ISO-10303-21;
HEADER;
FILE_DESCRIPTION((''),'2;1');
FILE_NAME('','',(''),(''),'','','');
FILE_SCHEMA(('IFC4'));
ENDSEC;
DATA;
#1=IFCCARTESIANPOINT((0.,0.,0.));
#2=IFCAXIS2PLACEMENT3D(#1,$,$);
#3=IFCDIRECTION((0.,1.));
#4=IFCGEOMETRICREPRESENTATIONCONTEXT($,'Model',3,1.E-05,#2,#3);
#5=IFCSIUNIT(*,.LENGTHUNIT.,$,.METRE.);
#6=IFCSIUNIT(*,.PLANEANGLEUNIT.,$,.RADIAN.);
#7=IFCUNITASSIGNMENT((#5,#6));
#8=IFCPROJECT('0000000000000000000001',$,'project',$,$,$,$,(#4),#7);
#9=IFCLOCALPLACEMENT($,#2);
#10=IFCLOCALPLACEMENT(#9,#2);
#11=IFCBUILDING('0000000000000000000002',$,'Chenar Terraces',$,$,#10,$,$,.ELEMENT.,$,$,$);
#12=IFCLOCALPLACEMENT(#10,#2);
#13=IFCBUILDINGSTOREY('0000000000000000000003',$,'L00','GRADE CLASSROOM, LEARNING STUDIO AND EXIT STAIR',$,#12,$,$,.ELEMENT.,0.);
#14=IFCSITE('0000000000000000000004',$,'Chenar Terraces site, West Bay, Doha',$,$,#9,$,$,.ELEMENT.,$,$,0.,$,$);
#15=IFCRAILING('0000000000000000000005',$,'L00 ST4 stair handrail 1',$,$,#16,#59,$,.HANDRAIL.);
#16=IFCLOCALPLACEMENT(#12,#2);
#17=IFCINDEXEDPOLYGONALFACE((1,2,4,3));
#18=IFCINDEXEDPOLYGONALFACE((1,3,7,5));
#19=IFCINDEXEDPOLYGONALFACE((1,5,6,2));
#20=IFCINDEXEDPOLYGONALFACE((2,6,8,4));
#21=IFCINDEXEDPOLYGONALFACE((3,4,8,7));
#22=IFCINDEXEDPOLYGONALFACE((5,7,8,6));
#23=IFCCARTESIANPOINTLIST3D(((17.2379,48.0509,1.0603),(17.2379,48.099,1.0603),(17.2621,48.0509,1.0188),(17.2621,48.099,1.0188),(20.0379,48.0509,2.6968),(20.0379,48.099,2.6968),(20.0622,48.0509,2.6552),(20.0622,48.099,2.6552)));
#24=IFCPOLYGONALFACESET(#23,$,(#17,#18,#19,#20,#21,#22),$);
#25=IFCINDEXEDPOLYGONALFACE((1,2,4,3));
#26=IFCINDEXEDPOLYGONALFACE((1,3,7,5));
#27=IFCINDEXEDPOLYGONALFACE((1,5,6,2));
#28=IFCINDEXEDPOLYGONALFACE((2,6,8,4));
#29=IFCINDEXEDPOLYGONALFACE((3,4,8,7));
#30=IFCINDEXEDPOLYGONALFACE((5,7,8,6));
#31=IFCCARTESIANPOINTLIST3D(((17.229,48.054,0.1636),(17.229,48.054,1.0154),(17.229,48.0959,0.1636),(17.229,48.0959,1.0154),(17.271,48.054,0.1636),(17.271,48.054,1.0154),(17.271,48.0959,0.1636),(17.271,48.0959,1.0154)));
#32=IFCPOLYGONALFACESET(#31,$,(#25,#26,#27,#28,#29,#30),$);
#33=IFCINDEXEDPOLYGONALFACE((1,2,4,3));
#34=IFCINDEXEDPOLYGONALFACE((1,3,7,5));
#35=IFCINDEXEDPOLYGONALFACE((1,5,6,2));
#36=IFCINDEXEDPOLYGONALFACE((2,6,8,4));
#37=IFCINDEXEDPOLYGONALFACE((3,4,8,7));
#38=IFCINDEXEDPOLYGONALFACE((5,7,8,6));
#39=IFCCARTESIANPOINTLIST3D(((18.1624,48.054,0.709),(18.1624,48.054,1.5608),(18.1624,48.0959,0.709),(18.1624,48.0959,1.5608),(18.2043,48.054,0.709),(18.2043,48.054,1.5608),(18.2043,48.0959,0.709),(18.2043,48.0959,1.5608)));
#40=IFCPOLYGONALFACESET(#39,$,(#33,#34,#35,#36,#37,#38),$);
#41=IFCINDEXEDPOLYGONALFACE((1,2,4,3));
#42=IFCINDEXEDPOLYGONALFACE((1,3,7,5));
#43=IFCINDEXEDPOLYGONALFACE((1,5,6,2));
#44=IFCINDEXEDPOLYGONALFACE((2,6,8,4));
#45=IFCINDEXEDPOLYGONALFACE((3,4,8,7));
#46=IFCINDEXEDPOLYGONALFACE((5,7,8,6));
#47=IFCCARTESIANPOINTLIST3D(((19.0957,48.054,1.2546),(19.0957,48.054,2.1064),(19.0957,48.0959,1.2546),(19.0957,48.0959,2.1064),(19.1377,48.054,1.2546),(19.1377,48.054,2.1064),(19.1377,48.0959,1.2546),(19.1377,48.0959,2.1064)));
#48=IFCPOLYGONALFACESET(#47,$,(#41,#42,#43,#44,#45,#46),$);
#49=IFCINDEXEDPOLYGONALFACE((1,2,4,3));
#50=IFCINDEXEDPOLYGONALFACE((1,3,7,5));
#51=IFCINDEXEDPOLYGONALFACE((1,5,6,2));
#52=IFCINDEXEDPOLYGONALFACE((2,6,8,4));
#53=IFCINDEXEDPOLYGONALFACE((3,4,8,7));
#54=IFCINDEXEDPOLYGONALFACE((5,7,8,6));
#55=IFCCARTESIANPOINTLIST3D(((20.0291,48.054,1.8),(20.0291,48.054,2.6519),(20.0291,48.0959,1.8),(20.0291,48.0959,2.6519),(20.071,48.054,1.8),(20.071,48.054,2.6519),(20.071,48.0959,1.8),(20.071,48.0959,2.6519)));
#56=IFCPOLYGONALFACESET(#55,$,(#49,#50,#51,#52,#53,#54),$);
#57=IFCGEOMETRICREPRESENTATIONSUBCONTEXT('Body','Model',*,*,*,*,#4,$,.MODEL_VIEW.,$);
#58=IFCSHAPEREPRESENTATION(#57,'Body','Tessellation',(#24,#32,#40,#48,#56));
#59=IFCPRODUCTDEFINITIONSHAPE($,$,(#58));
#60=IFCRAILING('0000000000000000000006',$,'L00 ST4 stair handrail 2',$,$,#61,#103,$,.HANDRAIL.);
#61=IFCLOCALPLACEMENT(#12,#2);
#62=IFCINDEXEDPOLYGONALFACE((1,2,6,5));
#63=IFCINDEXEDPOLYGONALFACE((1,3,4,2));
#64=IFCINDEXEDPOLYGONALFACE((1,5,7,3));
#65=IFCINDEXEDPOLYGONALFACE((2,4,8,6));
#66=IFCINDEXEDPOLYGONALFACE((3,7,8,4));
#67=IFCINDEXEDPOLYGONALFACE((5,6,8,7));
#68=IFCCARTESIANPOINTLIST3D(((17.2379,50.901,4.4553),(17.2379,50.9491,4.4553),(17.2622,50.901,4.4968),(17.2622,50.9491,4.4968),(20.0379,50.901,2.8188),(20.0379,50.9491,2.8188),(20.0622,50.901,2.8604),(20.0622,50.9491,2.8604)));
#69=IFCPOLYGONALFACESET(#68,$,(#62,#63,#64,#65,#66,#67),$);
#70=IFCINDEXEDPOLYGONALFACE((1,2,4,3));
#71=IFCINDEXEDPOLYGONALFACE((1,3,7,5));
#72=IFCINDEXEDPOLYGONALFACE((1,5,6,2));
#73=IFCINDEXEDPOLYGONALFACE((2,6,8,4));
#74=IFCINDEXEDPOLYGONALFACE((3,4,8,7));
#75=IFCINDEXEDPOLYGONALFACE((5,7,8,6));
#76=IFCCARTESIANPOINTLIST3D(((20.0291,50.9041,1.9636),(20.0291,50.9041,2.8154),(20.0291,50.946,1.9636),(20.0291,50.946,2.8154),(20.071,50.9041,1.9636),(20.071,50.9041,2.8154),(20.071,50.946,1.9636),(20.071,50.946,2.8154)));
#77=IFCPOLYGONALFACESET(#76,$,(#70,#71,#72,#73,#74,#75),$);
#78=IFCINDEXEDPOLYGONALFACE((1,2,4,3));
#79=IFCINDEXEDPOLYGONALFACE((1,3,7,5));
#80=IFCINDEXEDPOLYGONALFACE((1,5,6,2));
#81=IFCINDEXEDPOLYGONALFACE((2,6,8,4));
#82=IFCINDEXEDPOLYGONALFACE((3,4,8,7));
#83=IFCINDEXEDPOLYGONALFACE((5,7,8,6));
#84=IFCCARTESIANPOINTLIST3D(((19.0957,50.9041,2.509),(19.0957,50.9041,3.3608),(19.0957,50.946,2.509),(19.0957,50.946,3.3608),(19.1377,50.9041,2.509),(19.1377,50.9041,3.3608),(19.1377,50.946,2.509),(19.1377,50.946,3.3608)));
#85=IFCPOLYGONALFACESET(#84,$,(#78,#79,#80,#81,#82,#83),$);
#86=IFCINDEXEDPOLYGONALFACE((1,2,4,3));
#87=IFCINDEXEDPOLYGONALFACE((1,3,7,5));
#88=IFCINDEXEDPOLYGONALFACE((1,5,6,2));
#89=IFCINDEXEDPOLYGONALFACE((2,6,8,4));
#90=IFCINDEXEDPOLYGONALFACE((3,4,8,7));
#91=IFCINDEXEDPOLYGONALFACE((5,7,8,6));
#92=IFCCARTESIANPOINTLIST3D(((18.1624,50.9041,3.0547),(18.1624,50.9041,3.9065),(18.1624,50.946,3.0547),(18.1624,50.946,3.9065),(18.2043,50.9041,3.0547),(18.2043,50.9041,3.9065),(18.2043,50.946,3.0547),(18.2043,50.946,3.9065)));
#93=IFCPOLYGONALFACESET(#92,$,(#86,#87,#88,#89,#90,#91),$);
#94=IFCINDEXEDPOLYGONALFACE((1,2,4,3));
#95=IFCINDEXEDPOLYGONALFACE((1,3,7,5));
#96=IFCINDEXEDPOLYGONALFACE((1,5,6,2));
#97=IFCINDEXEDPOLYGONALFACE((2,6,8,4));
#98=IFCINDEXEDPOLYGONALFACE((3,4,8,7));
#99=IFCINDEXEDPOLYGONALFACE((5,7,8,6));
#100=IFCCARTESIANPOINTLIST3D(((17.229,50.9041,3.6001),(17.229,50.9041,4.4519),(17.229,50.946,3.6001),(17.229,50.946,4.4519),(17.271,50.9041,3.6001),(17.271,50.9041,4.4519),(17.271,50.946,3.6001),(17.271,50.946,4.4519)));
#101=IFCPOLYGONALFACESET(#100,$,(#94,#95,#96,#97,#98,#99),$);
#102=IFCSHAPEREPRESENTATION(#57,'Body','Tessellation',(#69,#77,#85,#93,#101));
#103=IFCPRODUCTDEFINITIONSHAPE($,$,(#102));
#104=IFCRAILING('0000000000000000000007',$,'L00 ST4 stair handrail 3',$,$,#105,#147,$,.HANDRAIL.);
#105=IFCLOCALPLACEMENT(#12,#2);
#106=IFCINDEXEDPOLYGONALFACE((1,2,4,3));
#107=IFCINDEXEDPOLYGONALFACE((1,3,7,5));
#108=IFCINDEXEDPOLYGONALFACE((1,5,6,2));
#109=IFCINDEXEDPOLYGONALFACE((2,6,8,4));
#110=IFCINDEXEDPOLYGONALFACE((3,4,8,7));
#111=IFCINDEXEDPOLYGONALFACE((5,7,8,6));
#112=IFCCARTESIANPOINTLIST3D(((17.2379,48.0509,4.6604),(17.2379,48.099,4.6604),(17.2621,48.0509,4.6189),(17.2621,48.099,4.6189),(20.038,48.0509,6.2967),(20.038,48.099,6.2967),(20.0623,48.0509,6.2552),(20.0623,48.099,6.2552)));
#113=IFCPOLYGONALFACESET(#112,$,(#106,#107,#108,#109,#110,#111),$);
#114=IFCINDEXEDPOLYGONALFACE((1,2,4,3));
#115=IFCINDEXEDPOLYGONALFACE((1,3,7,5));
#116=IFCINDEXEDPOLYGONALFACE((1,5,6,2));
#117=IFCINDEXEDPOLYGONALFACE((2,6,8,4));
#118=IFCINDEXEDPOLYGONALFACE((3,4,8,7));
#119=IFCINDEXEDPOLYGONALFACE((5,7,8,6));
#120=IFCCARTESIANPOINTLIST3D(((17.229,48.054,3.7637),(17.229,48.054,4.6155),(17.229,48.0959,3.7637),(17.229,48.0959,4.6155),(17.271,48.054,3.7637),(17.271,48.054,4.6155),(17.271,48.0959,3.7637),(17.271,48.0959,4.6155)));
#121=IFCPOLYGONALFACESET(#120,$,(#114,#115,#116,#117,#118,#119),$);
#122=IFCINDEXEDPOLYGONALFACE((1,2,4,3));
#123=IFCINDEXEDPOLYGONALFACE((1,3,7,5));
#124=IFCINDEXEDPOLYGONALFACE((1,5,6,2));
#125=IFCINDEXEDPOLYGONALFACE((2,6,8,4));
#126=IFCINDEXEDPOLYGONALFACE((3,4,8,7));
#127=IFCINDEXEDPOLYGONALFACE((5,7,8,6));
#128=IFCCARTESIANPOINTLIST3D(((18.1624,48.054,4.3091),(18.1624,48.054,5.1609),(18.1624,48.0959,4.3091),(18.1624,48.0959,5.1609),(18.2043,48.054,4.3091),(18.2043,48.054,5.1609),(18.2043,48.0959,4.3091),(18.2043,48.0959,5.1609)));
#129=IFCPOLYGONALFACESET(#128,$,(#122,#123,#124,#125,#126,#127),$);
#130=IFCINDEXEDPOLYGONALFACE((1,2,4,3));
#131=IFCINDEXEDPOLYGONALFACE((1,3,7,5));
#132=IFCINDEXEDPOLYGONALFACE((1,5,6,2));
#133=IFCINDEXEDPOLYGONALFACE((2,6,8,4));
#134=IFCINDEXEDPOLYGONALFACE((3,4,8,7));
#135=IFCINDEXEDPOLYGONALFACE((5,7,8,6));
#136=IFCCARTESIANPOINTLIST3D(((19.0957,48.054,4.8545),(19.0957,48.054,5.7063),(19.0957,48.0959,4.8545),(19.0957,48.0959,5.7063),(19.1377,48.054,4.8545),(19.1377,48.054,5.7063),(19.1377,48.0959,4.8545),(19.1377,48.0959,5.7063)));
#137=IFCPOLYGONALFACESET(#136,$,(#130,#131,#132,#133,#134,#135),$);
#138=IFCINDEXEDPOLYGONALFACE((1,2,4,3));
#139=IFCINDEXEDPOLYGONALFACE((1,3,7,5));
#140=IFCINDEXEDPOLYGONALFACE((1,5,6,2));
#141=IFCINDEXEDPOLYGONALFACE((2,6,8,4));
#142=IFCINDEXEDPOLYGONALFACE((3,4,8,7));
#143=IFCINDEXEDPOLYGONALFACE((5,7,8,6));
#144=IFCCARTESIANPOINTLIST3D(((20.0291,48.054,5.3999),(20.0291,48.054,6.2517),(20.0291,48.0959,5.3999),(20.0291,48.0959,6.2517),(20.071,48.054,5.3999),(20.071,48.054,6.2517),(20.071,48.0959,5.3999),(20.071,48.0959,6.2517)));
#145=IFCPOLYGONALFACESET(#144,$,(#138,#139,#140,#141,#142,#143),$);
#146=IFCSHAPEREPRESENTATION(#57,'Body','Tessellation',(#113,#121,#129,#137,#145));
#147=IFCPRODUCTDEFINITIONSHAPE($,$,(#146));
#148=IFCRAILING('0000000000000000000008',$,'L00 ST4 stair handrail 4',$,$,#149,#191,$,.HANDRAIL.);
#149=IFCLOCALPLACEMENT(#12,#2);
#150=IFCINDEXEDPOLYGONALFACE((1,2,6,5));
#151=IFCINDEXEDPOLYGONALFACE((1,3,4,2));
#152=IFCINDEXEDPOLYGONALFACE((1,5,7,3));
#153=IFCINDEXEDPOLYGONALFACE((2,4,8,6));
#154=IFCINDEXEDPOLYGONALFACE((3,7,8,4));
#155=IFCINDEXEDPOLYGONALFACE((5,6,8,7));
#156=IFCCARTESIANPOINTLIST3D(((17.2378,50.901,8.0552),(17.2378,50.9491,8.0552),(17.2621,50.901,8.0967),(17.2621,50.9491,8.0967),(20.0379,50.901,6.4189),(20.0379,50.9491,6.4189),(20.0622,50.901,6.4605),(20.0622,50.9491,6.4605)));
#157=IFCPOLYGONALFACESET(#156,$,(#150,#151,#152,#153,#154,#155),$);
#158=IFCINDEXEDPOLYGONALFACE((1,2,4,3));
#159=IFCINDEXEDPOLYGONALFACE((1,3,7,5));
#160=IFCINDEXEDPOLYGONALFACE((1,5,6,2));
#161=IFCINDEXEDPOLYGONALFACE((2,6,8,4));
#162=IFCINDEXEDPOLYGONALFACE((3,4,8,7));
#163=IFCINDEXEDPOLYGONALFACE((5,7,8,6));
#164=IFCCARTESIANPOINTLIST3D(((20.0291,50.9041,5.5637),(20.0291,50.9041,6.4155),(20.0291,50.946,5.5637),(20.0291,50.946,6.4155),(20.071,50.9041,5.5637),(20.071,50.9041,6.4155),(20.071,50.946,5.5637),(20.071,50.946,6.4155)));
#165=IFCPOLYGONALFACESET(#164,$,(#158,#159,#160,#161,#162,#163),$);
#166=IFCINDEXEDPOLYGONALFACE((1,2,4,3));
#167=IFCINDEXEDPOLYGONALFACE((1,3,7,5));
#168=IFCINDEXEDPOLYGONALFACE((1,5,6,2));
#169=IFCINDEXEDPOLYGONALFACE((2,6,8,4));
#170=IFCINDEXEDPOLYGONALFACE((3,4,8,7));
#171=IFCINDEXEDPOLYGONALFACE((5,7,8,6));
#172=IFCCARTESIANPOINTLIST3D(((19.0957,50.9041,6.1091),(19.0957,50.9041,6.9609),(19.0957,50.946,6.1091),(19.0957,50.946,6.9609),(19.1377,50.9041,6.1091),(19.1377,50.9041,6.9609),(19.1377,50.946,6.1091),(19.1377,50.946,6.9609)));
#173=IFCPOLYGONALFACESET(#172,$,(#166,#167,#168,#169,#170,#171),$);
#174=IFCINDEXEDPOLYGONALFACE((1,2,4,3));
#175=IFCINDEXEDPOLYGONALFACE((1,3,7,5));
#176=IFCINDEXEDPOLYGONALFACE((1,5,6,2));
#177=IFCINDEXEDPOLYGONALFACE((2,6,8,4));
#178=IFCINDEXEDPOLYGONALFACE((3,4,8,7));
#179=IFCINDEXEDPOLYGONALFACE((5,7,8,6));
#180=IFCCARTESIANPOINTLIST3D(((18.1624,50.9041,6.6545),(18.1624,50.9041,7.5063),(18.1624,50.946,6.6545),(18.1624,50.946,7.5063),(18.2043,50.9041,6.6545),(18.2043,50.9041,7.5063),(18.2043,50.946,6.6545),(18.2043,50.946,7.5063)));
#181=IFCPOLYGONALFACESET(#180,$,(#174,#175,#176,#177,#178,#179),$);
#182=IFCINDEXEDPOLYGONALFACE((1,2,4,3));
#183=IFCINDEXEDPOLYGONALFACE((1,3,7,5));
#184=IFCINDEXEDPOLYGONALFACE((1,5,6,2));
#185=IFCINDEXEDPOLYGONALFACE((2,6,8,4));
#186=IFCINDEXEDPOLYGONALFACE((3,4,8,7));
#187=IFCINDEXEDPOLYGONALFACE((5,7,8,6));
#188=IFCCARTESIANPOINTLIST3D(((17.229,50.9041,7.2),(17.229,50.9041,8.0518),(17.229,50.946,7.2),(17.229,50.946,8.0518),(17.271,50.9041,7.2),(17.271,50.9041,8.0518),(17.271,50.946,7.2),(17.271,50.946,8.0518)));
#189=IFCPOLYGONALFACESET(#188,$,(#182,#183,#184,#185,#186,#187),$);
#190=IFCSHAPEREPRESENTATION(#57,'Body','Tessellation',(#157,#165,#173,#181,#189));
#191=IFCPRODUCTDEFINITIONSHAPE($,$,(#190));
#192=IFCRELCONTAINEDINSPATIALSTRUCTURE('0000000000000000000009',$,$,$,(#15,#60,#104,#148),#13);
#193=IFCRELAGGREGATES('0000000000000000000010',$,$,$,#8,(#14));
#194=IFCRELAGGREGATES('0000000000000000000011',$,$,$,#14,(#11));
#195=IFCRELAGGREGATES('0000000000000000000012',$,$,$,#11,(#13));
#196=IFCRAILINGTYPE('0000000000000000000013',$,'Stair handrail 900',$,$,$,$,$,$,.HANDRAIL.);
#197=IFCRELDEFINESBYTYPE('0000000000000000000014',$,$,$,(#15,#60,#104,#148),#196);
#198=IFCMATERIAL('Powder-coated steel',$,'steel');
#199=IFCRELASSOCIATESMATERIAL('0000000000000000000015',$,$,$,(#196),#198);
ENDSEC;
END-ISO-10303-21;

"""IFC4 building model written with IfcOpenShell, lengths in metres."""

from ifc_helpers import new_model, si_unit, direction, frame, origin, origin_2d, place, context, subcontext, project, spatial, rectangle, extrude, material, type_object, element, save


model = new_model("IFC4")

# Units and contexts
model_context = context("Model", 3, precision=1e-05, world=origin(), true_north=direction((0.0, 1.0)))
body_context = subcontext(model_context, "Body", "Model", "MODEL_VIEW")
ifc_project = project(units=[si_unit("LENGTHUNIT", "METRE"), si_unit("PLANEANGLEUNIT", "RADIAN")], contexts=[model_context])

# Site, building, storey
site_placement = place(None, origin())
site = spatial("IfcSite", under=ifc_project, at=site_placement, Name="Chenar Terraces site, West Bay, Doha", CompositionType="ELEMENT", RefElevation=0.0)
building_placement = place(site_placement, origin())
building = spatial("IfcBuilding", under=site, at=building_placement, Name="Chenar Terraces", CompositionType="ELEMENT")
storey_placement = place(building_placement, origin())
storey = spatial("IfcBuildingStorey", under=building, at=storey_placement, Name="L00", Description="GRADE CLASSROOM, LEARNING STUDIO AND EXIT STAIR", CompositionType="ELEMENT", Elevation=0.0)

# Railings
ifc_material_1 = material(Name="Powder-coated steel", Category="steel")
railing_type_1 = type_object("IfcRailingType", Name="Stair handrail 900", PredefinedType="HANDRAIL", material=ifc_material_1)
railing_1_placement = place(storey_placement, frame((17.25, 48.075, 0.1636)))
element("IfcRailing", 1, at=railing_1_placement, inside=storey, type_object=railing_type_1, Name="L00 ST4 stair handrail 1", PredefinedType="HANDRAIL", context=body_context, shape_type="SweptSolid", body=[
    extrude(rectangle(XDim=0.0481, YDim=0.0481, at=origin_2d()), frame((0.0, 0.0, 0.876), z_axis=(0.863361, 0.0, 0.504587), x_axis=(0.0, 1.0, 0.0)), (0.0, 0.0, 1.0), 3.2432),
    extrude(rectangle(XDim=0.042, YDim=0.042, at=origin_2d()), origin(), (0.0, 0.0, 1.0), 0.8518),
    extrude(rectangle(XDim=0.042, YDim=0.042, at=origin_2d()), frame((0.9333, 0.0, 0.5454)), (0.0, 0.0, 1.0), 0.8518),
    extrude(rectangle(XDim=0.042, YDim=0.042, at=origin_2d()), frame((1.8667, 0.0, 1.0911)), (0.0, 0.0, 1.0), 0.8518),
    extrude(rectangle(XDim=0.042, YDim=0.042, at=origin_2d()), frame((2.8, 0.0, 1.6365)), (0.0, 0.0, 1.0), 0.8518),
])
railing_2_placement = place(storey_placement, frame((20.05, 50.925, 1.9636)))
element("IfcRailing", 2, at=railing_2_placement, inside=storey, type_object=railing_type_1, Name="L00 ST4 stair handrail 2", PredefinedType="HANDRAIL", context=body_context, shape_type="SweptSolid", body=[
    extrude(rectangle(XDim=0.0481, YDim=0.0481, at=origin_2d()), frame((0.0, 0.0, 0.876), z_axis=(-0.863361, 0.0, 0.504587), x_axis=(0.0, -1.0, 0.0)), (0.0, 0.0, 1.0), 3.2432),
    extrude(rectangle(XDim=0.042, YDim=0.042, at=origin_2d()), origin(), (0.0, 0.0, 1.0), 0.8518),
    extrude(rectangle(XDim=0.042, YDim=0.042, at=origin_2d()), frame((-0.9333, 0.0, 0.5454)), (0.0, 0.0, 1.0), 0.8518),
    extrude(rectangle(XDim=0.042, YDim=0.042, at=origin_2d()), frame((-1.8667, 0.0, 1.0911)), (0.0, 0.0, 1.0), 0.8518),
    extrude(rectangle(XDim=0.042, YDim=0.042, at=origin_2d()), frame((-2.8, 0.0, 1.6365)), (0.0, 0.0, 1.0), 0.8518),
])
railing_3_placement = place(storey_placement, frame((17.25, 48.075, 3.7637)))
element("IfcRailing", 3, at=railing_3_placement, inside=storey, type_object=railing_type_1, Name="L00 ST4 stair handrail 3", PredefinedType="HANDRAIL", context=body_context, shape_type="SweptSolid", body=[
    extrude(rectangle(XDim=0.0481, YDim=0.0481, at=origin_2d()), frame((0.0, 0.0, 0.876), z_axis=(0.863394, 0.0, 0.504531), x_axis=(0.0, 1.0, 0.0)), (0.0, 0.0, 1.0), 3.2432),
    extrude(rectangle(XDim=0.042, YDim=0.042, at=origin_2d()), origin(), (0.0, 0.0, 1.0), 0.8518),
    extrude(rectangle(XDim=0.042, YDim=0.042, at=origin_2d()), frame((0.9333, 0.0, 0.5454)), (0.0, 0.0, 1.0), 0.8518),
    extrude(rectangle(XDim=0.042, YDim=0.042, at=origin_2d()), frame((1.8667, 0.0, 1.0908)), (0.0, 0.0, 1.0), 0.8518),
    extrude(rectangle(XDim=0.042, YDim=0.042, at=origin_2d()), frame((2.8, 0.0, 1.6362)), (0.0, 0.0, 1.0), 0.8518),
])
railing_4_placement = place(storey_placement, frame((20.05, 50.925, 5.5637)))
element("IfcRailing", 4, at=railing_4_placement, inside=storey, type_object=railing_type_1, Name="L00 ST4 stair handrail 4", PredefinedType="HANDRAIL", context=body_context, shape_type="SweptSolid", body=[
    extrude(rectangle(XDim=0.0481, YDim=0.0481, at=origin_2d()), frame((0.0, 0.0, 0.876), z_axis=(-0.863394, 0.0, 0.504531), x_axis=(0.0, -1.0, 0.0)), (0.0, 0.0, 1.0), 3.2432),
    extrude(rectangle(XDim=0.042, YDim=0.042, at=origin_2d()), origin(), (0.0, 0.0, 1.0), 0.8518),
    extrude(rectangle(XDim=0.042, YDim=0.042, at=origin_2d()), frame((-0.9333, 0.0, 0.5454)), (0.0, 0.0, 1.0), 0.8518),
    extrude(rectangle(XDim=0.042, YDim=0.042, at=origin_2d()), frame((-1.8667, 0.0, 1.0908)), (0.0, 0.0, 1.0), 0.8518),
    extrude(rectangle(XDim=0.042, YDim=0.042, at=origin_2d()), frame((-2.8, 0.0, 1.6362)), (0.0, 0.0, 1.0), 0.8518),
])

save(model, "model.ifc")
